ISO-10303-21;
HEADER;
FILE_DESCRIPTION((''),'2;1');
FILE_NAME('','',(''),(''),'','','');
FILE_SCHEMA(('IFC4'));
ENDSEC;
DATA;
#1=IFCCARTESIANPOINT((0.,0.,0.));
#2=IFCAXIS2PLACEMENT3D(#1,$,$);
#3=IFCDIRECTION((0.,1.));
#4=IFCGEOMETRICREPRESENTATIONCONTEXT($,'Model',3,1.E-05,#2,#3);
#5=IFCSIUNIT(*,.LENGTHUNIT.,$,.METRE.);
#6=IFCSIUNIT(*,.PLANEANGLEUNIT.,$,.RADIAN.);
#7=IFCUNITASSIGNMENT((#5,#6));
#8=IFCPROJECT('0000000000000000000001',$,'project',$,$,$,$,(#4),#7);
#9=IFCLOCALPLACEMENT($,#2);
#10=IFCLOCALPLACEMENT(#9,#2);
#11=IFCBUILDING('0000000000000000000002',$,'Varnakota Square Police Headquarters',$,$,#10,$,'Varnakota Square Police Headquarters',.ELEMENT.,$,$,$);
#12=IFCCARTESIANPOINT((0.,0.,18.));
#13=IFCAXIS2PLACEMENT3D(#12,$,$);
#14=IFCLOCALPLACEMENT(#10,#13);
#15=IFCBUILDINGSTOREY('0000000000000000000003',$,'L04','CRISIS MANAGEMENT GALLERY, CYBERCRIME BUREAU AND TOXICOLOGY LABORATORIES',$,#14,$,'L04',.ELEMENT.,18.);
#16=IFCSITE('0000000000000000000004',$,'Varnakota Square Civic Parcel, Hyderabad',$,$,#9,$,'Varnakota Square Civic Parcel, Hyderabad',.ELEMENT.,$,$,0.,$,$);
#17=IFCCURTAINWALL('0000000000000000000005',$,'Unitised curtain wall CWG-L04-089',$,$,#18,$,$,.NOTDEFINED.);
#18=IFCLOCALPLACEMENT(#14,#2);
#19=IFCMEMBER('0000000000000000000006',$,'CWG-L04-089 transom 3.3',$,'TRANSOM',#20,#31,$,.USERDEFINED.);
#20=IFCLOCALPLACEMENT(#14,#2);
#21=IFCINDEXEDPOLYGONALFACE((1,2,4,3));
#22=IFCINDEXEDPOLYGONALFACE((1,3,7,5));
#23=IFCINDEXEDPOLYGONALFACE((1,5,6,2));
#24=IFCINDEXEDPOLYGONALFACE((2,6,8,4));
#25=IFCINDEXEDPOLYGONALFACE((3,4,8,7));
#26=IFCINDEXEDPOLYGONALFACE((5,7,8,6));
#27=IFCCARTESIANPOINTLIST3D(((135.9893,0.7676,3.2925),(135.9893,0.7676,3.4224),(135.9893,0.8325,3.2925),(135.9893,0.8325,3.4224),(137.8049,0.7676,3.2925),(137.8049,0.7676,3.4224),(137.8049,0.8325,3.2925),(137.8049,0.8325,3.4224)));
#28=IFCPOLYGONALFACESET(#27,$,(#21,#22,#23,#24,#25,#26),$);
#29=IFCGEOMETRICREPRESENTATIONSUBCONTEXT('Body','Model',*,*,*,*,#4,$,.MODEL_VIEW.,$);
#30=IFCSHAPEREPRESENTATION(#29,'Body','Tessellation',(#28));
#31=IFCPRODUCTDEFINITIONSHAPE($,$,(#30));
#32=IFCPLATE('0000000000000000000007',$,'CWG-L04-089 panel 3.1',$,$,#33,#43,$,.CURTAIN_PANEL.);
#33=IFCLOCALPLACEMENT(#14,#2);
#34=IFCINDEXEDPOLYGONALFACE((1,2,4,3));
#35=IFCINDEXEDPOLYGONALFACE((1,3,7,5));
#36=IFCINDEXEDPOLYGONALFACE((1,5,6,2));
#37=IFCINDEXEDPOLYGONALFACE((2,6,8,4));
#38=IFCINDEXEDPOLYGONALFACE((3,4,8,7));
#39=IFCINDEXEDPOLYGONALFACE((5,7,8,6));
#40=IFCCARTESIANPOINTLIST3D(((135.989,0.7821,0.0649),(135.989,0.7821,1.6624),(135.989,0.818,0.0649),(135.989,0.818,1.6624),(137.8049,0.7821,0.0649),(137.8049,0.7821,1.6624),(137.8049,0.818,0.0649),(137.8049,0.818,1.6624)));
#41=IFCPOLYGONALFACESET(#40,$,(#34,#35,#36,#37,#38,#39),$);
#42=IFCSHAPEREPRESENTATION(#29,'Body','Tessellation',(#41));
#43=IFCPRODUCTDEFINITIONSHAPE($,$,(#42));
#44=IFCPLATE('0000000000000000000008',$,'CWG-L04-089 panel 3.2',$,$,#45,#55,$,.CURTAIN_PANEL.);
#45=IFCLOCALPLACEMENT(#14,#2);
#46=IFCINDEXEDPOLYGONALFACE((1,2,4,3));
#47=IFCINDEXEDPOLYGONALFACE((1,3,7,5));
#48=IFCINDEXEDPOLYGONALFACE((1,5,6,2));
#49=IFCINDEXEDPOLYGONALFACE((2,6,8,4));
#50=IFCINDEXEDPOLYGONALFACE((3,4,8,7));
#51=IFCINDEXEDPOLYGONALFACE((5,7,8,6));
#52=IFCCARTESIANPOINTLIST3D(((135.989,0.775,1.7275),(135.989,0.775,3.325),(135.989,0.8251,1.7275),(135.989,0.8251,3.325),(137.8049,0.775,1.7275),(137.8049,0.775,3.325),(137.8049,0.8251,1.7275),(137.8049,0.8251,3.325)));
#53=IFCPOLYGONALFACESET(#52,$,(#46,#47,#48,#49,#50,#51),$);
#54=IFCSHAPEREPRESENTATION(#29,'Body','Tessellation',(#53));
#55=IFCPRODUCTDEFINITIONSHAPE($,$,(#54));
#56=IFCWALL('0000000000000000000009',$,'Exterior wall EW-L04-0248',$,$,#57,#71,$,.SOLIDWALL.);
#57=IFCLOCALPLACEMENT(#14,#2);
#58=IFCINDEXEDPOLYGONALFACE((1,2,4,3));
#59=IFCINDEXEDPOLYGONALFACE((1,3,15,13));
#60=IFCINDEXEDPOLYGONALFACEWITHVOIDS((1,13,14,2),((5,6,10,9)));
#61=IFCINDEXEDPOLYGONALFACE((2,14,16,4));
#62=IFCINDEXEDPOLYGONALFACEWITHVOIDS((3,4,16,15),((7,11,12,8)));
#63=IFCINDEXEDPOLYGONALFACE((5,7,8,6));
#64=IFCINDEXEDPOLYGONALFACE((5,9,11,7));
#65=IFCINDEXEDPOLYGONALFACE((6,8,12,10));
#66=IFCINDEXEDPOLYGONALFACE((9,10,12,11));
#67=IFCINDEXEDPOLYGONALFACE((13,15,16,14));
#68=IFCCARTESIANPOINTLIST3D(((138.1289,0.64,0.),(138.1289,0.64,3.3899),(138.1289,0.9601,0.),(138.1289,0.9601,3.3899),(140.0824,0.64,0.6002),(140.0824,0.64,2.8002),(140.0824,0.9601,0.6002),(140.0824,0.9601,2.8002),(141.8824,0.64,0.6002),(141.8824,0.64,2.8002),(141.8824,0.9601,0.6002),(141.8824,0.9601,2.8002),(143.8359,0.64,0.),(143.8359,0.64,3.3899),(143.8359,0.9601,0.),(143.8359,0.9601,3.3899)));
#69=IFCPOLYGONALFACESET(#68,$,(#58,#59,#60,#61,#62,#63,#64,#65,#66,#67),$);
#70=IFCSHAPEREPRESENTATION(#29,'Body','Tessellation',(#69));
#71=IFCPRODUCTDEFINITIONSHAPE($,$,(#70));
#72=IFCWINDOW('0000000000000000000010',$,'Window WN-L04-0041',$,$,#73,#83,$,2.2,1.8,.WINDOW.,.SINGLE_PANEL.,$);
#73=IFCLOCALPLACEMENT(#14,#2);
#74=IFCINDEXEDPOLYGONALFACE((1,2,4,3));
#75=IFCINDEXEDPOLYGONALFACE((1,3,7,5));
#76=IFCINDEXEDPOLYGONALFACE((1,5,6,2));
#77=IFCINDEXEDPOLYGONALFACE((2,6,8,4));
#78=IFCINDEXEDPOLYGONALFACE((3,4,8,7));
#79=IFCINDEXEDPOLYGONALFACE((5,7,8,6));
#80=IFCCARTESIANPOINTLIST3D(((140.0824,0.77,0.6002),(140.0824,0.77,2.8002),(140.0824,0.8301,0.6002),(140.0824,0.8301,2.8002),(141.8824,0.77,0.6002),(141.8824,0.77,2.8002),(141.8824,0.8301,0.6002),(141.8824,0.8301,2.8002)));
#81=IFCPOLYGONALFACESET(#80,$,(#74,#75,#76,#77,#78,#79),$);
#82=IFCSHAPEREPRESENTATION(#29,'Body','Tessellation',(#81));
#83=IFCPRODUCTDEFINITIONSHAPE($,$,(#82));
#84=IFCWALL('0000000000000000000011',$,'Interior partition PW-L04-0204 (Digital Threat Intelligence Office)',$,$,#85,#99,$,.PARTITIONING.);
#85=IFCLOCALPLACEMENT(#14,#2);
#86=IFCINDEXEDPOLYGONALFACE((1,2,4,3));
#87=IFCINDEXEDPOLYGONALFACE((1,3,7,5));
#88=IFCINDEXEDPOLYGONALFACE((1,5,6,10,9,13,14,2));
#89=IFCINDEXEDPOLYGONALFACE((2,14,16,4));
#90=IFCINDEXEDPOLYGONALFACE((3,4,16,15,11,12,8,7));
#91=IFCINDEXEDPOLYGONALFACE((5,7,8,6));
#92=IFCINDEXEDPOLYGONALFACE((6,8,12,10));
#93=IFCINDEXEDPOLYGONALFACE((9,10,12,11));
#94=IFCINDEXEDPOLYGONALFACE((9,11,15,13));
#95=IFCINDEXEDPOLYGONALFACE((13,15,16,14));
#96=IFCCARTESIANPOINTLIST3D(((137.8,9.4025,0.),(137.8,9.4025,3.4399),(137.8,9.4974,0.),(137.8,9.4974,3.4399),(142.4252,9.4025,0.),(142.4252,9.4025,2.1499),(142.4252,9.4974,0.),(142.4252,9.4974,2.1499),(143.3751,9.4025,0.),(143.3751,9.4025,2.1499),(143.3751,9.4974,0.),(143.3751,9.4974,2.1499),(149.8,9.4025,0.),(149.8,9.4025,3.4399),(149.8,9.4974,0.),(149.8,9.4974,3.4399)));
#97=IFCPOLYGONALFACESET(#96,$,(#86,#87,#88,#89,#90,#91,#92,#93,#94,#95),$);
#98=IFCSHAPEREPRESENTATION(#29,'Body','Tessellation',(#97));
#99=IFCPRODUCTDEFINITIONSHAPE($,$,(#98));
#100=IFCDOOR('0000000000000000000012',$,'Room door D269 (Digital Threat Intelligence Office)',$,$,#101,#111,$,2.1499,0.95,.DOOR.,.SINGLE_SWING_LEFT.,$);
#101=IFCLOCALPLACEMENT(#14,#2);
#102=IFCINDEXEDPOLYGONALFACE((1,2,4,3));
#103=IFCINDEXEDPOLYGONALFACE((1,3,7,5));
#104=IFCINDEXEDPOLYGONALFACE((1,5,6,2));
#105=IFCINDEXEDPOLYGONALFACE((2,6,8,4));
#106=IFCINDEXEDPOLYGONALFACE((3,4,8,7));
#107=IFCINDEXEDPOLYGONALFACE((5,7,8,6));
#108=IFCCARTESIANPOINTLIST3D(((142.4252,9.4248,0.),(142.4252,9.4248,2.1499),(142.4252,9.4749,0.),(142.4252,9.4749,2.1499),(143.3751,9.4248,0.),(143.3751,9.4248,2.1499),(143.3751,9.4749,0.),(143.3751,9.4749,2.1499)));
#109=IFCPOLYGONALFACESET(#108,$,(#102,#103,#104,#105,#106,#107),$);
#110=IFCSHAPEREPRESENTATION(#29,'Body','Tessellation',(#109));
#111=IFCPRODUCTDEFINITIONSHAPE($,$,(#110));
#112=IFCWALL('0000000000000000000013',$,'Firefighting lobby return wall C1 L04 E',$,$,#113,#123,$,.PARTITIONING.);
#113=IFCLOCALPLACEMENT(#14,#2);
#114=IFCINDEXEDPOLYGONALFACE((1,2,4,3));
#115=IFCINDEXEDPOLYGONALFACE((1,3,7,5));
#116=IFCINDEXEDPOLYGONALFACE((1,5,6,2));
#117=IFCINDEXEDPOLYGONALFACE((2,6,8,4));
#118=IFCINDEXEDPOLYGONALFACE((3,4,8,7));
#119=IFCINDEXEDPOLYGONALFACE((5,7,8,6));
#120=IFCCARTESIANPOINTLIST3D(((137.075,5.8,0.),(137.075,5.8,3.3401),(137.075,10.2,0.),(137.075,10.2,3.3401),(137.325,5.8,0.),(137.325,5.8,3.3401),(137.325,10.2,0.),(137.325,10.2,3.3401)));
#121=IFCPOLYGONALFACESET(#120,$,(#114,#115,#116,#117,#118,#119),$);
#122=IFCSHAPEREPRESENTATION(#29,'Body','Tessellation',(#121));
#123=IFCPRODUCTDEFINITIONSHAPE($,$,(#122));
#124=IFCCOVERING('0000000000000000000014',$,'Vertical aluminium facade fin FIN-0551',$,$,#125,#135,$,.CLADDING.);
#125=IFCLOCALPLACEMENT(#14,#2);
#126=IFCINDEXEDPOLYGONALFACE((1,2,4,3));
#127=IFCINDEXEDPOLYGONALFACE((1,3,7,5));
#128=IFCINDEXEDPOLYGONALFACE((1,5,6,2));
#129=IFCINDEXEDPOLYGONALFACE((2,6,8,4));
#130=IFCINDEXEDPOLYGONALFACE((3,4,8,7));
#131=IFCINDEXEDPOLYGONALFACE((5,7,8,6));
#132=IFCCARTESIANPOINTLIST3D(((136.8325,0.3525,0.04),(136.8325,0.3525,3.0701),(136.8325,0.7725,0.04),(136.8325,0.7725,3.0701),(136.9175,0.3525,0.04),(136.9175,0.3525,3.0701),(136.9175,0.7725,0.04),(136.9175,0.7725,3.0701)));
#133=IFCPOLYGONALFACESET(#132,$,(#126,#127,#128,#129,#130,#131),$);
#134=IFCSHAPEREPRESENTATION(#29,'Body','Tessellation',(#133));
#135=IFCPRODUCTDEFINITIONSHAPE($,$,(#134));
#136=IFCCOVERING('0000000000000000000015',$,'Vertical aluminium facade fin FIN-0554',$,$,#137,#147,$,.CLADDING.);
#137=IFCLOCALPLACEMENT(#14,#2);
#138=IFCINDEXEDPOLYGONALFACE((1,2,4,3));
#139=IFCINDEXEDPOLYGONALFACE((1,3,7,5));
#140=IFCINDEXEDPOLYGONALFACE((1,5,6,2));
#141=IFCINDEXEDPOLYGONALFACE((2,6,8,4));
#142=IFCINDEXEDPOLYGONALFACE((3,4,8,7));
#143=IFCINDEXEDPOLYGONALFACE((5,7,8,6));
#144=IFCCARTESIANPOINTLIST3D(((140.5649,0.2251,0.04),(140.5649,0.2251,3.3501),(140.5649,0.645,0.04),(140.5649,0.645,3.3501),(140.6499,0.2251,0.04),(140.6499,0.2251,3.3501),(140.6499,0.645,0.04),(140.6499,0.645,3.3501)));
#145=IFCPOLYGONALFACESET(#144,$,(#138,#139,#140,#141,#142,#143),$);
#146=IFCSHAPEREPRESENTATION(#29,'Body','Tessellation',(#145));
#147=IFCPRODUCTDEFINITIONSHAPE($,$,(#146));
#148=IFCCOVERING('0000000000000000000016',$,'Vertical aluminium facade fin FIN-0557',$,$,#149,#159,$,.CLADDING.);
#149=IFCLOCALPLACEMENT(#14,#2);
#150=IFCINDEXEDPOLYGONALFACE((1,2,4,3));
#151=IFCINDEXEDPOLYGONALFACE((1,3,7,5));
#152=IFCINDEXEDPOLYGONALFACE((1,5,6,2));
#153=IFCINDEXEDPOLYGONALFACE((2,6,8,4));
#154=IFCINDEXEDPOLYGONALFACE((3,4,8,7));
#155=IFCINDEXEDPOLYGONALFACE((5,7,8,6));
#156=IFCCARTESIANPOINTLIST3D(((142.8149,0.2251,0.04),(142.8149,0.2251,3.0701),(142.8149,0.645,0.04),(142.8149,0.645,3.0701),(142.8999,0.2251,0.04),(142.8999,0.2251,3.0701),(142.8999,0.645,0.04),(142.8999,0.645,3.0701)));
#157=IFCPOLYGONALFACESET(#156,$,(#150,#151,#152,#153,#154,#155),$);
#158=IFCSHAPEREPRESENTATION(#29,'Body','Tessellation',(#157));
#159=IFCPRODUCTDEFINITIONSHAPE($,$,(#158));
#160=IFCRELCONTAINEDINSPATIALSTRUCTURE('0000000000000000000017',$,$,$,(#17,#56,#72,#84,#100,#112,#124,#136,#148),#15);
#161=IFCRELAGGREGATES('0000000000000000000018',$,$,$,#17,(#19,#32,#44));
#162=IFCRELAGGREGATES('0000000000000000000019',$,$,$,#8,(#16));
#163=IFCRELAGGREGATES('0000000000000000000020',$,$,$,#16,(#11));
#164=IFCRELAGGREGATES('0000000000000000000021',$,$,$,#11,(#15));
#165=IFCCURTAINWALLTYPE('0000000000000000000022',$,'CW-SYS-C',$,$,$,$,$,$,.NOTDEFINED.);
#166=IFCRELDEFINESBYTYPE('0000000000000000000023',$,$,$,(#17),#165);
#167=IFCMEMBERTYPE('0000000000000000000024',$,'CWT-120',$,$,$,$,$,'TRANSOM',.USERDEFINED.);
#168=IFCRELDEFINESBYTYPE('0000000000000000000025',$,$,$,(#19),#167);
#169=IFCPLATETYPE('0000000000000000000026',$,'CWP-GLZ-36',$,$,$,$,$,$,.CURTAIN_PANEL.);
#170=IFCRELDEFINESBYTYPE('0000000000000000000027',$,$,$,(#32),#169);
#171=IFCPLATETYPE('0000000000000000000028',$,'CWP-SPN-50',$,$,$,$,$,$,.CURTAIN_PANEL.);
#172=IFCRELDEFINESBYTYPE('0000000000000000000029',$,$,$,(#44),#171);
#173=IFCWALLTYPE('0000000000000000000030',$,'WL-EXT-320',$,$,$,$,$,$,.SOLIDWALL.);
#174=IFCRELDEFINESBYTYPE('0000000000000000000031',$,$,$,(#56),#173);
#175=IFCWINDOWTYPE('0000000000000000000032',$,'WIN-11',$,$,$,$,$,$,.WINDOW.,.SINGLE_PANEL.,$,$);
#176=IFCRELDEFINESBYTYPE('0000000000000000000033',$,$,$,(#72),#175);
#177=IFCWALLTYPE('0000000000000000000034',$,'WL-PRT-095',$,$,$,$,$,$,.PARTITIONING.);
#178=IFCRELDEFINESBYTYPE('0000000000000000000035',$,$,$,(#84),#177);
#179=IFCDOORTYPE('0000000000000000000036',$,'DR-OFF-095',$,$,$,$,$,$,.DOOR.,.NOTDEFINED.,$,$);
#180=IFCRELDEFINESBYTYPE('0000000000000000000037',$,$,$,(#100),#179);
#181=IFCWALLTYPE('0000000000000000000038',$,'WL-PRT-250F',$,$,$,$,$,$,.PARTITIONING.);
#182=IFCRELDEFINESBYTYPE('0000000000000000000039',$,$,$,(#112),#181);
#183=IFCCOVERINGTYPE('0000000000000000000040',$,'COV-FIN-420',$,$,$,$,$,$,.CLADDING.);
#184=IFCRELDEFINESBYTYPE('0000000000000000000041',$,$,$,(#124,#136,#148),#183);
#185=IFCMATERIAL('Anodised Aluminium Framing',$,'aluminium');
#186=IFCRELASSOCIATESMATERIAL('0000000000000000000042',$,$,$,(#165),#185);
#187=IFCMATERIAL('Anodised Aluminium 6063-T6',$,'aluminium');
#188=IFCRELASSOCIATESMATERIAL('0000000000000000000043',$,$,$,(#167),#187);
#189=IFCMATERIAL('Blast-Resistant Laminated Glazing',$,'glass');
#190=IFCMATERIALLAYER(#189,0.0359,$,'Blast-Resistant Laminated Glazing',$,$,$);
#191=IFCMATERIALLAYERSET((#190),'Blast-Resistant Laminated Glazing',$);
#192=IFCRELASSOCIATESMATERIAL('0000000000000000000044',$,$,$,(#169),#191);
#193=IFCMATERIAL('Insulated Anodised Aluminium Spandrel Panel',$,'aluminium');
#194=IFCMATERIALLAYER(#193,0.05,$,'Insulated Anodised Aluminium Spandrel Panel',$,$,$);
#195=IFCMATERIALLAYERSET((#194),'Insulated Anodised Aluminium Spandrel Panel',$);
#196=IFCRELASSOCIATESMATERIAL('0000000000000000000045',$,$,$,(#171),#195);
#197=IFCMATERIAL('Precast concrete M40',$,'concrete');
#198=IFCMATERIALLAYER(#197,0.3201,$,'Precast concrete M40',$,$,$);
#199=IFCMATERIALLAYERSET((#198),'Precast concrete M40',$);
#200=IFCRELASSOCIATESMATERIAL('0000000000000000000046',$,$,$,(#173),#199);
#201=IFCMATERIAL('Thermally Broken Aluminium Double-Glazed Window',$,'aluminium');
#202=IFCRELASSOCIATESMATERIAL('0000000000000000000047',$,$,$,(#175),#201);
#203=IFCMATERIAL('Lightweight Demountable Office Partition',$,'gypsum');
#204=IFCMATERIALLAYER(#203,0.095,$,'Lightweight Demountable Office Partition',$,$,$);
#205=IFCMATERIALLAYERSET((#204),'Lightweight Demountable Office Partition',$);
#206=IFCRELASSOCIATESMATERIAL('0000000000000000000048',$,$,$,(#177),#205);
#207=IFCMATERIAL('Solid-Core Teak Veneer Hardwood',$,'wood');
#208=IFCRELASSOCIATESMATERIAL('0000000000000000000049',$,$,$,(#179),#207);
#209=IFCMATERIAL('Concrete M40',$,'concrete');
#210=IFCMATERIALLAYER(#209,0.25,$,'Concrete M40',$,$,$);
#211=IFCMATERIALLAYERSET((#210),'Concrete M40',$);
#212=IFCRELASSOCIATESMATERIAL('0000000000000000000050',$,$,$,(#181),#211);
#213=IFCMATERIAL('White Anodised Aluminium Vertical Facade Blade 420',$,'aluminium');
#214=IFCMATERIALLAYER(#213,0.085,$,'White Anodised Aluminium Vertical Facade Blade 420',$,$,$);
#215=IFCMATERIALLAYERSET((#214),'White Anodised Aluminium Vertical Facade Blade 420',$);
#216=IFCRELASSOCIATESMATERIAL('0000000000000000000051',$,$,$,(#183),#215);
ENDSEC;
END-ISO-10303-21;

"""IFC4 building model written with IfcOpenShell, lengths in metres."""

from ifc_helpers import new_model, si_unit, direction, frame, frame_2d, origin, origin_2d, place, context, subcontext, project, spatial, rectangle, extrude, material, layer, layer_set, material_profile, profile_set, type_object, element, fill, aggregate, save


model = new_model("IFC4")

# Units and contexts
model_context = context("Model", 3, precision=1e-05, world=origin(), true_north=direction((0.0, 1.0)))
body_context = subcontext(model_context, "Body", "Model", "MODEL_VIEW")
ifc_project = project(units=[si_unit("LENGTHUNIT", "METRE"), si_unit("PLANEANGLEUNIT", "RADIAN")], contexts=[model_context])

# Site, building, storey
site_placement = place(None, origin())
site = spatial("IfcSite", under=ifc_project, at=site_placement, Name="Varnakota Square Civic Parcel, Hyderabad", LongName="Varnakota Square Civic Parcel, Hyderabad", CompositionType="ELEMENT", RefElevation=0.0)
building_placement = place(site_placement, origin())
building = spatial("IfcBuilding", under=site, at=building_placement, Name="Varnakota Square Police Headquarters", LongName="Varnakota Square Police Headquarters", CompositionType="ELEMENT")
storey_placement = place(building_placement, frame((0.0, 0.0, 18.0)))
storey = spatial("IfcBuildingStorey", under=building, at=storey_placement, Name="L04", Description="CRISIS MANAGEMENT GALLERY, CYBERCRIME BUREAU AND TOXICOLOGY LABORATORIES", LongName="L04", CompositionType="ELEMENT", Elevation=18.0)

# Curtain wall, member, plates
ifc_material_1 = material(Name="Anodised Aluminium Framing", Category="aluminium")
curtain_wall_type = type_object("IfcCurtainWallType", Name="CW-SYS-C", PredefinedType="NOTDEFINED", material=ifc_material_1)
curtain_wall_placement = place(storey_placement, origin())
curtain_wall = element("IfcCurtainWall", 1, at=curtain_wall_placement, inside=storey, type_object=curtain_wall_type, Name="Unitised curtain wall CWG-L04-089", PredefinedType="NOTDEFINED")
ifc_material_2 = material(Name="Anodised Aluminium 6063-T6", Category="aluminium")
ifc_material_profile_1 = material_profile(ifc_material_2, rectangle(XDim=0.0649, YDim=0.1299, at=origin_2d()), Name="ALU TRANSOM 65x130")
ifc_profile_set_1 = profile_set([ifc_material_profile_1], Name="Anodised Aluminium 6063-T6")
member_type_1 = type_object("IfcMemberType", Name="CWT-120", ElementType="TRANSOM", PredefinedType="USERDEFINED", material=ifc_profile_set_1)
member_1_placement = place(storey_placement, frame((135.9893, 0.8, 3.3574), z_axis=(1.0, 0.0, 0.0), x_axis=(0.0, 1.0, 0.0)))
member_1 = element("IfcMember", 2, at=member_1_placement, type_object=member_type_1, Name="CWG-L04-089 transom 3.3", ObjectType="TRANSOM", PredefinedType="USERDEFINED", context=body_context, shape_type="SweptSolid", body=[
    extrude(rectangle(XDim=0.0649, YDim=0.1299, at=origin_2d()), origin(), (0.0, 0.0, 1.0), 1.8157),
])
ifc_material_3 = material(Name="Blast-Resistant Laminated Glazing", Category="glass")
ifc_layer_1 = layer(ifc_material_3, 0.0359, Name="Blast-Resistant Laminated Glazing")
ifc_layer_set_1 = layer_set([ifc_layer_1], Name="Blast-Resistant Laminated Glazing")
plate_type_1 = type_object("IfcPlateType", Name="CWP-GLZ-36", PredefinedType="CURTAIN_PANEL", material=ifc_layer_set_1)
plate_1_placement = place(storey_placement, frame((136.897, 0.8, 0.0649), z_axis=(0.0, 0.0, 1.0), x_axis=(1.0, 0.0, 0.0)))
plate_1 = element("IfcPlate", 3, at=plate_1_placement, type_object=plate_type_1, Name="CWG-L04-089 panel 3.1", PredefinedType="CURTAIN_PANEL", context=body_context, shape_type="SweptSolid", body=[
    extrude(rectangle(XDim=1.8159, YDim=0.0359, at=origin_2d()), origin(), (0.0, 0.0, 1.0), 1.5974),
])
ifc_material_4 = material(Name="Insulated Anodised Aluminium Spandrel Panel", Category="aluminium")
ifc_layer_2 = layer(ifc_material_4, 0.05, Name="Insulated Anodised Aluminium Spandrel Panel")
ifc_layer_set_2 = layer_set([ifc_layer_2], Name="Insulated Anodised Aluminium Spandrel Panel")
plate_type_2 = type_object("IfcPlateType", Name="CWP-SPN-50", PredefinedType="CURTAIN_PANEL", material=ifc_layer_set_2)
plate_2_placement = place(storey_placement, frame((136.897, 0.8, 1.7275), z_axis=(0.0, 0.0, 1.0), x_axis=(1.0, 0.0, 0.0)))
plate_2 = element("IfcPlate", 4, at=plate_2_placement, type_object=plate_type_2, Name="CWG-L04-089 panel 3.2", PredefinedType="CURTAIN_PANEL", context=body_context, shape_type="SweptSolid", body=[
    extrude(rectangle(XDim=1.8159, YDim=0.05, at=origin_2d()), origin(), (0.0, 0.0, 1.0), 1.5974),
])
aggregate(curtain_wall, [member_1, plate_1, plate_2])

# Wall, opening, window
ifc_material_5 = material(Name="Precast concrete M40", Category="concrete")
ifc_layer_3 = layer(ifc_material_5, 0.3201, Name="Precast concrete M40")
ifc_layer_set_3 = layer_set([ifc_layer_3], Name="Precast concrete M40")
wall_type_1 = type_object("IfcWallType", Name="WL-EXT-320", PredefinedType="SOLIDWALL", material=ifc_layer_set_3)
wall_1_placement = place(storey_placement, frame((138.1289, 0.8, 0.0), z_axis=(0.0, 0.0, 1.0), x_axis=(1.0, 0.0, 0.0)))
wall_1 = element("IfcWall", 5, at=wall_1_placement, inside=storey, type_object=wall_type_1, Name="Exterior wall EW-L04-0248", PredefinedType="SOLIDWALL", context=body_context, shape_type="SweptSolid", body=[
    extrude(rectangle(XDim=5.707, YDim=0.3201, at=frame_2d((2.8535, 0.0))), origin(), (0.0, 0.0, 1.0), 3.3899),
])
opening_1_placement = place(wall_1_placement, frame((1.9536, 0.0, 0.6001)))
opening_1 = element("IfcOpeningElement", 6, at=opening_1_placement, cuts=wall_1, PredefinedType="OPENING", context=body_context, shape_type="SweptSolid", body=[
    extrude(rectangle(XDim=1.8, YDim=2.2, at=frame_2d((0.8999, 1.1001))), frame((0.0, 0.1699, 0.0), z_axis=(0.0, -1.0, 0.0), x_axis=(1.0, 0.0, 0.0)), (0.0, 0.0, 1.0), 0.3401),
])
ifc_material_6 = material(Name="Thermally Broken Aluminium Double-Glazed Window", Category="aluminium")
window_type = type_object("IfcWindowType", Name="WIN-11", PartitioningType="SINGLE_PANEL", PredefinedType="WINDOW", material=ifc_material_6)
window_placement = place(opening_1_placement, origin())
window = element("IfcWindow", 7, at=window_placement, inside=storey, type_object=window_type, Name="Window WN-L04-0041", OverallHeight=2.2, OverallWidth=1.8, PartitioningType="SINGLE_PANEL", PredefinedType="WINDOW", context=body_context, shape_type="SweptSolid", body=[
    extrude(rectangle(XDim=1.8, YDim=2.2, at=frame_2d((0.8999, 1.1001))), frame((0.0, 0.03, 0.0), z_axis=(0.0, -1.0, 0.0), x_axis=(1.0, 0.0, 0.0)), (0.0, 0.0, 1.0), 0.0601),
])
fill(opening_1, window)

# Wall, opening, door
ifc_material_7 = material(Name="Lightweight Demountable Office Partition", Category="gypsum")
ifc_layer_4 = layer(ifc_material_7, 0.095, Name="Lightweight Demountable Office Partition")
ifc_layer_set_4 = layer_set([ifc_layer_4], Name="Lightweight Demountable Office Partition")
wall_type_2 = type_object("IfcWallType", Name="WL-PRT-095", PredefinedType="PARTITIONING", material=ifc_layer_set_4)
wall_2_placement = place(storey_placement, frame((137.8, 9.45, 0.0), z_axis=(0.0, 0.0, 1.0), x_axis=(1.0, 0.0, 0.0)))
wall_2 = element("IfcWall", 8, at=wall_2_placement, inside=storey, type_object=wall_type_2, Name="Interior partition PW-L04-0204 (Digital Threat Intelligence Office)", PredefinedType="PARTITIONING", context=body_context, shape_type="SweptSolid", body=[
    extrude(rectangle(XDim=12.0, YDim=0.095, at=frame_2d((6.0, 0.0))), origin(), (0.0, 0.0, 1.0), 3.4399),
])
opening_2_placement = place(wall_2_placement, frame((4.625, 0.0, 0.0)))
opening_2 = element("IfcOpeningElement", 9, at=opening_2_placement, cuts=wall_2, PredefinedType="OPENING", context=body_context, shape_type="SweptSolid", body=[
    extrude(rectangle(XDim=0.95, YDim=2.1499, at=frame_2d((0.4751, 1.075))), frame((0.0, 0.0574, 0.0), z_axis=(0.0, -1.0, 0.0), x_axis=(1.0, 0.0, 0.0)), (0.0, 0.0, 1.0), 0.115),
])
ifc_material_8 = material(Name="Solid-Core Teak Veneer Hardwood", Category="wood")
door_type = type_object("IfcDoorType", Name="DR-OFF-095", OperationType="NOTDEFINED", PredefinedType="DOOR", material=ifc_material_8)
door_placement = place(opening_2_placement, origin())
door = element("IfcDoor", 10, at=door_placement, inside=storey, type_object=door_type, Name="Room door D269 (Digital Threat Intelligence Office)", OperationType="SINGLE_SWING_LEFT", OverallHeight=2.1499, OverallWidth=0.95, PredefinedType="DOOR", context=body_context, shape_type="SweptSolid", body=[
    extrude(rectangle(XDim=0.95, YDim=2.1499, at=frame_2d((0.4751, 1.075))), frame((0.0, 0.0249, 0.0), z_axis=(0.0, -1.0, 0.0), x_axis=(1.0, 0.0, 0.0)), (0.0, 0.0, 1.0), 0.05),
])
fill(opening_2, door)

# Wall
ifc_material_9 = material(Name="Concrete M40", Category="concrete")
ifc_layer_5 = layer(ifc_material_9, 0.25, Name="Concrete M40")
ifc_layer_set_5 = layer_set([ifc_layer_5], Name="Concrete M40")
wall_type_3 = type_object("IfcWallType", Name="WL-PRT-250F", PredefinedType="PARTITIONING", material=ifc_layer_set_5)
wall_3_placement = place(storey_placement, frame((137.2, 5.8, 0.0), z_axis=(0.0, 0.0, 1.0), x_axis=(0.0, 1.0, 0.0)))
element("IfcWall", 11, at=wall_3_placement, inside=storey, type_object=wall_type_3, Name="Firefighting lobby return wall C1 L04 E", PredefinedType="PARTITIONING", context=body_context, shape_type="SweptSolid", body=[
    extrude(rectangle(XDim=4.3999, YDim=0.25, at=frame_2d((2.2, 0.0))), origin(), (0.0, 0.0, 1.0), 3.3401),
])

# Coverings
ifc_material_10 = material(Name="White Anodised Aluminium Vertical Facade Blade 420", Category="aluminium")
ifc_layer_6 = layer(ifc_material_10, 0.085, Name="White Anodised Aluminium Vertical Facade Blade 420")
ifc_layer_set_6 = layer_set([ifc_layer_6], Name="White Anodised Aluminium Vertical Facade Blade 420")
covering_type_1 = type_object("IfcCoveringType", Name="COV-FIN-420", PredefinedType="CLADDING", material=ifc_layer_set_6)
covering_1_placement = place(storey_placement, frame((136.875, 0.5625, 0.04), z_axis=(0.0, 0.0, 1.0), x_axis=(1.0, 0.0, 0.0)))
element("IfcCovering", 12, at=covering_1_placement, inside=storey, type_object=covering_type_1, Name="Vertical aluminium facade fin FIN-0551", PredefinedType="CLADDING", context=body_context, shape_type="SweptSolid", body=[
    extrude(rectangle(XDim=0.085, YDim=0.4199, at=origin_2d()), origin(), (0.0, 0.0, 1.0), 3.03),
])
covering_2_placement = place(storey_placement, frame((140.6074, 0.4351, 0.04), z_axis=(0.0, 0.0, 1.0), x_axis=(1.0, 0.0, 0.0)))
element("IfcCovering", 13, at=covering_2_placement, inside=storey, type_object=covering_type_1, Name="Vertical aluminium facade fin FIN-0554", PredefinedType="CLADDING", context=body_context, shape_type="SweptSolid", body=[
    extrude(rectangle(XDim=0.085, YDim=0.4199, at=origin_2d()), origin(), (0.0, 0.0, 1.0), 3.3101),
])
covering_3_placement = place(storey_placement, frame((142.8574, 0.4351, 0.04), z_axis=(0.0, 0.0, 1.0), x_axis=(1.0, 0.0, 0.0)))
element("IfcCovering", 14, at=covering_3_placement, inside=storey, type_object=covering_type_1, Name="Vertical aluminium facade fin FIN-0557", PredefinedType="CLADDING", context=body_context, shape_type="SweptSolid", body=[
    extrude(rectangle(XDim=0.085, YDim=0.4199, at=origin_2d()), origin(), (0.0, 0.0, 1.0), 3.03),
])

save(model, "model.ifc")
